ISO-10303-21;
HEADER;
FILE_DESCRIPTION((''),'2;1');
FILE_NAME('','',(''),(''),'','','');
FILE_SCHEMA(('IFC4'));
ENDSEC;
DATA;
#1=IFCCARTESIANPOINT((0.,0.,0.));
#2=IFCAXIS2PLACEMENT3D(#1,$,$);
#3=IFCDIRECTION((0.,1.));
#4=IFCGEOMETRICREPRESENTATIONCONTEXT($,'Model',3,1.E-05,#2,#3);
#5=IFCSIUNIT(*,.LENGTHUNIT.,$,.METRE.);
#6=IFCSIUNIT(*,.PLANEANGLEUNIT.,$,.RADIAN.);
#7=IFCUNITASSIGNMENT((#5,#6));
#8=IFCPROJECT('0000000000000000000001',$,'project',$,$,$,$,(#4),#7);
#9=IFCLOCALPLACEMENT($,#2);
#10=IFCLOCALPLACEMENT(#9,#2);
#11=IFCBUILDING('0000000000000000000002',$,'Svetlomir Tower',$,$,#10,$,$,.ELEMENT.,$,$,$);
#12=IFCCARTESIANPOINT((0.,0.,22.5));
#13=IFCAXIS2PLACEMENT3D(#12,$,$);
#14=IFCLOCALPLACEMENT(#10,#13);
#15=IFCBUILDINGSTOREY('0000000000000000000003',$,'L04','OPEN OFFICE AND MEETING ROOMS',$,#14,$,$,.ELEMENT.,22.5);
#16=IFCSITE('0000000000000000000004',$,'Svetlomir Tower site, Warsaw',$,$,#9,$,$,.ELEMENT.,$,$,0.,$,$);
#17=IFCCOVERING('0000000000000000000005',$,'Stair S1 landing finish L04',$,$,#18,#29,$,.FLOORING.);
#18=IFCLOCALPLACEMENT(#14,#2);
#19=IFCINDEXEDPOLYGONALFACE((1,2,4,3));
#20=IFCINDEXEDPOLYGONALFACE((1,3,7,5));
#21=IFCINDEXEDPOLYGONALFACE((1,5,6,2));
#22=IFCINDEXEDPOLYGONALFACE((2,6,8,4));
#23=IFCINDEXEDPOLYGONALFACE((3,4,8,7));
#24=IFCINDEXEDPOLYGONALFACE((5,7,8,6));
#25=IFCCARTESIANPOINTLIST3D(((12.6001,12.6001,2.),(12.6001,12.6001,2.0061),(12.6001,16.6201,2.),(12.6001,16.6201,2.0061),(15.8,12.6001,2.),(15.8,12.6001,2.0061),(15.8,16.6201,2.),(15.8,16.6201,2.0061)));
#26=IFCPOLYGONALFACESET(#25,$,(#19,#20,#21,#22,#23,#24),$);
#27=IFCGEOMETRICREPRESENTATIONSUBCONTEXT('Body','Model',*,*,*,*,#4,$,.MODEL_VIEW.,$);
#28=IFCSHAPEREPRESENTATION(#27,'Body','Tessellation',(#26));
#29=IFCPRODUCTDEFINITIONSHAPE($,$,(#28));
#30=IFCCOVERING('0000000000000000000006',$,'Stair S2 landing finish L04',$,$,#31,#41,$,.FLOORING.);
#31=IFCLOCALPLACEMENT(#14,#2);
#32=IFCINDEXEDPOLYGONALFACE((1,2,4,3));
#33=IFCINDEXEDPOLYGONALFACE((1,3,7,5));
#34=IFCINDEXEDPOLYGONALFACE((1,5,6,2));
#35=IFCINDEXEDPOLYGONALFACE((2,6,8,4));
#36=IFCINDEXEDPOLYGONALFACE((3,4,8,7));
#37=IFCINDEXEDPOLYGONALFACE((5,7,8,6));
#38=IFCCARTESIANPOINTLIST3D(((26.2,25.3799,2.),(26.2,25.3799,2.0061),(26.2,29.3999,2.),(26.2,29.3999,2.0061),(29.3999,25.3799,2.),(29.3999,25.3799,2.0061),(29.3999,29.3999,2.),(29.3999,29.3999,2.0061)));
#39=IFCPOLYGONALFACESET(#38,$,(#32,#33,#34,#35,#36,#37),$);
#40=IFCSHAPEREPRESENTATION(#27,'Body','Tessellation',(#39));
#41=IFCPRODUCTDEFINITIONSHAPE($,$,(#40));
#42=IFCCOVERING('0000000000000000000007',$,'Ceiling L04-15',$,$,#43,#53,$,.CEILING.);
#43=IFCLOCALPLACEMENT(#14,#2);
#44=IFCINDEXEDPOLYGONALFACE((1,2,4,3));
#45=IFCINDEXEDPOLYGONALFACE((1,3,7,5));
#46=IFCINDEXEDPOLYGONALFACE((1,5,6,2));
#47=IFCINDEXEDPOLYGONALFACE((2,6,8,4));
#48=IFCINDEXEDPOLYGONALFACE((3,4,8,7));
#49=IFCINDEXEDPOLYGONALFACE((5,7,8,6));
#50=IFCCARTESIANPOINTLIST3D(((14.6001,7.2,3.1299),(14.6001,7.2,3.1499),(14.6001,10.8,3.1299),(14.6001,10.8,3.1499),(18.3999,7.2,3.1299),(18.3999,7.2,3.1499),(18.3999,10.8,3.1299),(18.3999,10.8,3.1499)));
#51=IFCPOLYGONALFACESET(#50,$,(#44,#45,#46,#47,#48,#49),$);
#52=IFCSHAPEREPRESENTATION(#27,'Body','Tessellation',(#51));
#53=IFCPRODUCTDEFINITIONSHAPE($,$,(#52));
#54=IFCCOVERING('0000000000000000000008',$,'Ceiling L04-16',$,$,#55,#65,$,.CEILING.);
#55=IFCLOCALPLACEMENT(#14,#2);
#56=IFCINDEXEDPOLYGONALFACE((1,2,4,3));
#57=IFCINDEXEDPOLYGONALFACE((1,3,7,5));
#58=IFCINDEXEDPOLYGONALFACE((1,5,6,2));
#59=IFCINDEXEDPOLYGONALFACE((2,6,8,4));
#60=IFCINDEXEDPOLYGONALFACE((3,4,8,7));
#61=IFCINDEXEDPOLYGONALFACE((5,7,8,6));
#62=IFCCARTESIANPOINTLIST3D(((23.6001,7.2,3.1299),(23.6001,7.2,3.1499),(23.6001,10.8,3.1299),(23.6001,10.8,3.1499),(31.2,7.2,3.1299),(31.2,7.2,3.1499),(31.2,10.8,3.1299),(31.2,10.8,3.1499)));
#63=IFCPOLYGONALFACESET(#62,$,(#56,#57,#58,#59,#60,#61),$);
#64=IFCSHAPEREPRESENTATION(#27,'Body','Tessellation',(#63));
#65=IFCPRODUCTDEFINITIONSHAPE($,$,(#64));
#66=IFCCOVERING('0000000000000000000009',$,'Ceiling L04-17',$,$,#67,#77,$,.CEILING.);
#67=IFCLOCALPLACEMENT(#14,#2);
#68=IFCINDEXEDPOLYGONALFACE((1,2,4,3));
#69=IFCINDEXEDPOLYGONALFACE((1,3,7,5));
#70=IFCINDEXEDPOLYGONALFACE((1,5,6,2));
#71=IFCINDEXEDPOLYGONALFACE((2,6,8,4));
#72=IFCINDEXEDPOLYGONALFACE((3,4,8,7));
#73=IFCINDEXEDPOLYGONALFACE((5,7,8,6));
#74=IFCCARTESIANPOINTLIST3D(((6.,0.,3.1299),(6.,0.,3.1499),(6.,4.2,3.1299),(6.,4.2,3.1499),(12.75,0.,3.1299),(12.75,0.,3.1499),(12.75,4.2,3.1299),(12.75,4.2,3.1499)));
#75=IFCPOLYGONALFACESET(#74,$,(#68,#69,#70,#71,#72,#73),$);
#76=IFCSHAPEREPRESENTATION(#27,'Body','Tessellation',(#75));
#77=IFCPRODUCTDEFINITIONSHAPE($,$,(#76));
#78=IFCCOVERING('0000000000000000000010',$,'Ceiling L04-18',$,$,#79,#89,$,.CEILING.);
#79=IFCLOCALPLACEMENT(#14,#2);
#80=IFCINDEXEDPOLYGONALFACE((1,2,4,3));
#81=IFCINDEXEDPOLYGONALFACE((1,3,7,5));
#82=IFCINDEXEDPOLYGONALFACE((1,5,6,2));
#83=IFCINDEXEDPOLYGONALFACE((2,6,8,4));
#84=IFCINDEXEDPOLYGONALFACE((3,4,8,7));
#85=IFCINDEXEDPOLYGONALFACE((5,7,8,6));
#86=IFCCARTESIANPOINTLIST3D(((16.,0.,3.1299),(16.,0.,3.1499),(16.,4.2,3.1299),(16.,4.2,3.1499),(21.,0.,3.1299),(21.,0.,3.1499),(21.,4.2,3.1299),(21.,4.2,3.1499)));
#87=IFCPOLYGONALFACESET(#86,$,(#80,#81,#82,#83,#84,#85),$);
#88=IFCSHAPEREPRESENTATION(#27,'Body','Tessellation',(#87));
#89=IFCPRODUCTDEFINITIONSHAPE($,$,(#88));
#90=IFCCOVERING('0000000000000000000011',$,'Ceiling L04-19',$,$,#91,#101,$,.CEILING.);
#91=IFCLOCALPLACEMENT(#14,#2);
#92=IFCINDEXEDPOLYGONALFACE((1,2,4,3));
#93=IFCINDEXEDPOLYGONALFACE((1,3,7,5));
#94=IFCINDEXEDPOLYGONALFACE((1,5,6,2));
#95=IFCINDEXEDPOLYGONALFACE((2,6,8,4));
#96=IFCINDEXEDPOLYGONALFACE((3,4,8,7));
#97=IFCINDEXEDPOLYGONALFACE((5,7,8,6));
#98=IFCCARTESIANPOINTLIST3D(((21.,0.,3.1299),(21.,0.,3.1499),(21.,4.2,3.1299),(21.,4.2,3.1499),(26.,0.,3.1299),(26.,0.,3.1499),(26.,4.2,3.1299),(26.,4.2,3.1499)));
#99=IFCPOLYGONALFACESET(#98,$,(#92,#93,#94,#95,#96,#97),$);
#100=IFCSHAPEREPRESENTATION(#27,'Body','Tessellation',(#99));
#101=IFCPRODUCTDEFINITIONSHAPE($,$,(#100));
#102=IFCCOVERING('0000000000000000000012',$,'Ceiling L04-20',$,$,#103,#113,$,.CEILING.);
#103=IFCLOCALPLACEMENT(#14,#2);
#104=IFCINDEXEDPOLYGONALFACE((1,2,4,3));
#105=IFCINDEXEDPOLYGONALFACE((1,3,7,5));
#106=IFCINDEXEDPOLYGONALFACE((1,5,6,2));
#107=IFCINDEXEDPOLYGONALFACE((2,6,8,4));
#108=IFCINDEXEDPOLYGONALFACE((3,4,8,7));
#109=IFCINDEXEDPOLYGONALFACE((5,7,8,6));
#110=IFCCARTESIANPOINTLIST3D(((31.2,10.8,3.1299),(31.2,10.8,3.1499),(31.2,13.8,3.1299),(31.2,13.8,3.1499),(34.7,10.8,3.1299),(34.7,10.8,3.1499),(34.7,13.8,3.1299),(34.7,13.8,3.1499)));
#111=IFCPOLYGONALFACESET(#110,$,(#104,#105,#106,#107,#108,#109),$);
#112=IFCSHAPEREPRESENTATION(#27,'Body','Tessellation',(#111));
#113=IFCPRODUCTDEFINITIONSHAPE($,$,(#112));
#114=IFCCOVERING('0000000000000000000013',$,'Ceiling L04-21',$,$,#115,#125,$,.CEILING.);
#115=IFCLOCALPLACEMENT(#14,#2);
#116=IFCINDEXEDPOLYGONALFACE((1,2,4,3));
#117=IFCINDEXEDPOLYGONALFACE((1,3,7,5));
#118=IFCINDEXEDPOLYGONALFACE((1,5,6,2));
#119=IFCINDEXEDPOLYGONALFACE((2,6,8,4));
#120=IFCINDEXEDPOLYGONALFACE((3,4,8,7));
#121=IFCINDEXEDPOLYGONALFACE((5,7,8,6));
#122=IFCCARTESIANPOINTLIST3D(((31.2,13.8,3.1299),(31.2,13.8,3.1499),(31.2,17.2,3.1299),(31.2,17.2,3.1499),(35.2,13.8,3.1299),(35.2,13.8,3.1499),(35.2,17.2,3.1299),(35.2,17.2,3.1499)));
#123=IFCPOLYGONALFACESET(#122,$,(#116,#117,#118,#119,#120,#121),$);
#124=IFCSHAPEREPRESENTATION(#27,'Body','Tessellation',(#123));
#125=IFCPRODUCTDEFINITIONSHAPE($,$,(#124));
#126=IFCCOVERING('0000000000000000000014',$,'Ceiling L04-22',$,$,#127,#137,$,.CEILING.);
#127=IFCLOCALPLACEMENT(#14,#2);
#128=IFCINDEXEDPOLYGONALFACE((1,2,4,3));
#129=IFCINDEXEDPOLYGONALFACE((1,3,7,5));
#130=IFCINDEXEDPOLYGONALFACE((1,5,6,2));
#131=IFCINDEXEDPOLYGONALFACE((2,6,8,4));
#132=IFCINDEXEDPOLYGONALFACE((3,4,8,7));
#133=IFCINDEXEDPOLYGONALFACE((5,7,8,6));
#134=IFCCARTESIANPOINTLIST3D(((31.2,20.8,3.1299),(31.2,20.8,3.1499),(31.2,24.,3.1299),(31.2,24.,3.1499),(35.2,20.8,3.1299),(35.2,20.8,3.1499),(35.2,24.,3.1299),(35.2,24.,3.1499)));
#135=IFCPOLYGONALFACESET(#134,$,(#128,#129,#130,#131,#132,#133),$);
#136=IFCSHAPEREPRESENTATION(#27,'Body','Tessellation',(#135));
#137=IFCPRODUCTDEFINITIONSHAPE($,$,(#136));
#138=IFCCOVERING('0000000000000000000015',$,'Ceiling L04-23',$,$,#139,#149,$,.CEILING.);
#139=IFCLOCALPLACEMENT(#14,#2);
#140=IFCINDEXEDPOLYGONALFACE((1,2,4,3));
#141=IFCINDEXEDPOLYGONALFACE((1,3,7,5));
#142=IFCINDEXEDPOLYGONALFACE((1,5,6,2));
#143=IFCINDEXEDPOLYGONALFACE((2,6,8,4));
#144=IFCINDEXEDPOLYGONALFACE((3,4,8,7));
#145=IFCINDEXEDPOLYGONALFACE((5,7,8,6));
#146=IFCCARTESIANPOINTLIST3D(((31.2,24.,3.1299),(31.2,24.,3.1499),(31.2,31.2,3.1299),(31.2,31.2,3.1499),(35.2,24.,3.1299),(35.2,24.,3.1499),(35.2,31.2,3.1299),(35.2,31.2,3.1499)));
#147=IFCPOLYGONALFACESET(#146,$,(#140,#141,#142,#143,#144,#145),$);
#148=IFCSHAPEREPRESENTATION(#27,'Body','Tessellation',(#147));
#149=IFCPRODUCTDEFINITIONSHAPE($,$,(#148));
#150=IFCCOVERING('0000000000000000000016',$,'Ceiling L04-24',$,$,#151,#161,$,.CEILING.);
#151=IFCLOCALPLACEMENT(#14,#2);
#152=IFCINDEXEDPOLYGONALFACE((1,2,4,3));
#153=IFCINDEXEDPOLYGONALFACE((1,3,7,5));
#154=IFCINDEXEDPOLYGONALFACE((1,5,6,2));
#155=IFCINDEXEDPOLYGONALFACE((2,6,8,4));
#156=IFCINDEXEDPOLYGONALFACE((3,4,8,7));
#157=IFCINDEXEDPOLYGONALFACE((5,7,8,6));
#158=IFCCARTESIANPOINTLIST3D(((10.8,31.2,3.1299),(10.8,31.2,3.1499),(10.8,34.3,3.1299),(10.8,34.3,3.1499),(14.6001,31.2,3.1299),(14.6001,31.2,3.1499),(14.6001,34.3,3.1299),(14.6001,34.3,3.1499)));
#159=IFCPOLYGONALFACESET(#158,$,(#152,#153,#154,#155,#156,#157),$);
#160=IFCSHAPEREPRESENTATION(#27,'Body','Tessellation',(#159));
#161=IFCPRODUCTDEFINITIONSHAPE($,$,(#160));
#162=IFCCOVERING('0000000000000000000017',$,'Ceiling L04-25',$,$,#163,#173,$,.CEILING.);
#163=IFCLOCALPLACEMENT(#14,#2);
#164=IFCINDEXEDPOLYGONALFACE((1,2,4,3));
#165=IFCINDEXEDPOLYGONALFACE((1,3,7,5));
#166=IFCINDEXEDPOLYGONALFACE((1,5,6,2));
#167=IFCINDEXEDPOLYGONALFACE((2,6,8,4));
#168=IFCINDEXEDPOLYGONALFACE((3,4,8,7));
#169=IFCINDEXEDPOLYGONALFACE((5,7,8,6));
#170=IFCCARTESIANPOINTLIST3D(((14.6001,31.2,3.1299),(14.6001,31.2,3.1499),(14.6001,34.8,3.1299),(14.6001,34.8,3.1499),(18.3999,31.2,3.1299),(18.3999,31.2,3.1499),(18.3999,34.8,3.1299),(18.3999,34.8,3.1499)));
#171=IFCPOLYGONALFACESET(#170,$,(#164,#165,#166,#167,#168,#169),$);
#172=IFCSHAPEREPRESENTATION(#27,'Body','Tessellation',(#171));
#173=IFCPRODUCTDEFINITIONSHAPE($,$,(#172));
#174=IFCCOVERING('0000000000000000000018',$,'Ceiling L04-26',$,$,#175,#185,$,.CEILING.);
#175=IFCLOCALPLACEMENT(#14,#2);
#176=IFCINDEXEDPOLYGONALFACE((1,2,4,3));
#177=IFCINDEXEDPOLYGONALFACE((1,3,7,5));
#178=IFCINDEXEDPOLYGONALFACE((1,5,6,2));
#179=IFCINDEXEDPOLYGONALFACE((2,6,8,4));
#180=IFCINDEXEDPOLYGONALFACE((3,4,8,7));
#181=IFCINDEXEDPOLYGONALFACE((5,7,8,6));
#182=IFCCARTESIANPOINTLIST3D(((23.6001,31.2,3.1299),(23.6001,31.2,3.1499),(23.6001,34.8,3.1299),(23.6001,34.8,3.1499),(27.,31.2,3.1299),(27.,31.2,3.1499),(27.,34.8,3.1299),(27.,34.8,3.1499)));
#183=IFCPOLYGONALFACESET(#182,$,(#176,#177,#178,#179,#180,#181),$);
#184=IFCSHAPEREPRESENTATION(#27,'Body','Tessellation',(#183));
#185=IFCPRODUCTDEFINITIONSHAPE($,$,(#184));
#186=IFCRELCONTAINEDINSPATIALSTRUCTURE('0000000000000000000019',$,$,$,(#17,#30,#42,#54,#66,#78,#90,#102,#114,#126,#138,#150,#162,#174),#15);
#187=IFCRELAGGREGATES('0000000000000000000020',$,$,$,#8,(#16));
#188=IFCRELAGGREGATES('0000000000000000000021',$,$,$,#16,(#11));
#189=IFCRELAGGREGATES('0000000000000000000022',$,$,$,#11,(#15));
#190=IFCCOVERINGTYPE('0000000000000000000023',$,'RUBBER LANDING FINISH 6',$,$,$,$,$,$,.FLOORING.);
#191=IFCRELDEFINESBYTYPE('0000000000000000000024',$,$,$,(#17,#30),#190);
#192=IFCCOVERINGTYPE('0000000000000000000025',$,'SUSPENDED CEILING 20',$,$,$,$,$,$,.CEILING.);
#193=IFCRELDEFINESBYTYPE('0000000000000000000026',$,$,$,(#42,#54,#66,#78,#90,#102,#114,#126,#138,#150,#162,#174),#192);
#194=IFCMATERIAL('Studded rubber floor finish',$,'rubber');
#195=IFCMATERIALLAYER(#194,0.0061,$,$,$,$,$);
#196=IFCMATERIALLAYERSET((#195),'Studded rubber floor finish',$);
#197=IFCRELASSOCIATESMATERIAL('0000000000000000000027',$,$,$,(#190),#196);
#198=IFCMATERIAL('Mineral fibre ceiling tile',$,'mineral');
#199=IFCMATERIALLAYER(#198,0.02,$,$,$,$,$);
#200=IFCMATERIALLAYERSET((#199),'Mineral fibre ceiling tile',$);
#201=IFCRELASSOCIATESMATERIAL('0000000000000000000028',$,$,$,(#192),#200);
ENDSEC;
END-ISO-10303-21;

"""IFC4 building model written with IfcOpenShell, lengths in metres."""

from ifc_helpers import new_model, si_unit, direction, frame, origin, place, context, subcontext, project, spatial, polyline, outline, extrude, material, layer, layer_set, type_object, element, save


model = new_model("IFC4")

# Units and contexts
model_context = context("Model", 3, precision=1e-05, world=origin(), true_north=direction((0.0, 1.0)))
body_context = subcontext(model_context, "Body", "Model", "MODEL_VIEW")
ifc_project = project(units=[si_unit("LENGTHUNIT", "METRE"), si_unit("PLANEANGLEUNIT", "RADIAN")], contexts=[model_context])

# Site, building, storey
site_placement = place(None, origin())
site = spatial("IfcSite", under=ifc_project, at=site_placement, Name="Svetlomir Tower site, Warsaw", CompositionType="ELEMENT", RefElevation=0.0)
building_placement = place(site_placement, origin())
building = spatial("IfcBuilding", under=site, at=building_placement, Name="Svetlomir Tower", CompositionType="ELEMENT")
storey_placement = place(building_placement, frame((0.0, 0.0, 22.5)))
storey = spatial("IfcBuildingStorey", under=building, at=storey_placement, Name="L04", Description="OPEN OFFICE AND MEETING ROOMS", CompositionType="ELEMENT", Elevation=22.5)

# Coverings
ifc_material_1 = material(Name="Studded rubber floor finish", Category="rubber")
ifc_layer_1 = layer(ifc_material_1, 0.0061)
ifc_layer_set_1 = layer_set([ifc_layer_1], Name="Studded rubber floor finish")
covering_type_1 = type_object("IfcCoveringType", Name="RUBBER LANDING FINISH 6", PredefinedType="FLOORING", material=ifc_layer_set_1)
covering_1_placement = place(storey_placement, frame((0.0, 0.0, 2.0)))
element("IfcCovering", 1, at=covering_1_placement, inside=storey, type_object=covering_type_1, Name="Stair S1 landing finish L04", PredefinedType="FLOORING", context=body_context, shape_type="SweptSolid", body=[
    extrude(outline(polyline([(12.6001, 12.6001), (15.8, 12.6001), (15.8, 16.6201), (12.6001, 16.6201), (12.6001, 12.6001)])), origin(), (0.0, 0.0, 1.0), 0.0061),
])
covering_2_placement = place(storey_placement, frame((0.0, 0.0, 2.0)))
element("IfcCovering", 2, at=covering_2_placement, inside=storey, type_object=covering_type_1, Name="Stair S2 landing finish L04", PredefinedType="FLOORING", context=body_context, shape_type="SweptSolid", body=[
    extrude(outline(polyline([(26.2, 25.3799), (29.3999, 25.3799), (29.3999, 29.3999), (26.2, 29.3999), (26.2, 25.3799)])), origin(), (0.0, 0.0, 1.0), 0.0061),
])
ifc_material_2 = material(Name="Mineral fibre ceiling tile", Category="mineral")
ifc_layer_2 = layer(ifc_material_2, 0.02)
ifc_layer_set_2 = layer_set([ifc_layer_2], Name="Mineral fibre ceiling tile")
covering_type_2 = type_object("IfcCoveringType", Name="SUSPENDED CEILING 20", PredefinedType="CEILING", material=ifc_layer_set_2)
covering_3_placement = place(storey_placement, frame((0.0, 0.0, 3.1299)))
element("IfcCovering", 3, at=covering_3_placement, inside=storey, type_object=covering_type_2, Name="Ceiling L04-15", PredefinedType="CEILING", context=body_context, shape_type="SweptSolid", body=[
    extrude(outline(polyline([(14.6001, 7.2), (18.3999, 7.2), (18.3999, 10.8), (14.6001, 10.8), (14.6001, 7.2)])), origin(), (0.0, 0.0, 1.0), 0.02),
])
covering_4_placement = place(storey_placement, frame((0.0, 0.0, 3.1299)))
element("IfcCovering", 4, at=covering_4_placement, inside=storey, type_object=covering_type_2, Name="Ceiling L04-16", PredefinedType="CEILING", context=body_context, shape_type="SweptSolid", body=[
    extrude(outline(polyline([(23.6001, 7.2), (31.2, 7.2), (31.2, 10.8), (23.6001, 10.8), (23.6001, 7.2)])), origin(), (0.0, 0.0, 1.0), 0.02),
])
covering_5_placement = place(storey_placement, frame((0.0, 0.0, 3.1299)))
element("IfcCovering", 5, at=covering_5_placement, inside=storey, type_object=covering_type_2, Name="Ceiling L04-17", PredefinedType="CEILING", context=body_context, shape_type="SweptSolid", body=[
    extrude(outline(polyline([(6.0, 0.0), (12.75, 0.0), (12.75, 4.2), (6.0, 4.2), (6.0, 0.0)])), origin(), (0.0, 0.0, 1.0), 0.02),
])
covering_6_placement = place(storey_placement, frame((0.0, 0.0, 3.1299)))
element("IfcCovering", 6, at=covering_6_placement, inside=storey, type_object=covering_type_2, Name="Ceiling L04-18", PredefinedType="CEILING", context=body_context, shape_type="SweptSolid", body=[
    extrude(outline(polyline([(16.0, 0.0), (21.0, 0.0), (21.0, 4.2), (16.0, 4.2), (16.0, 0.0)])), origin(), (0.0, 0.0, 1.0), 0.02),
])
covering_7_placement = place(storey_placement, frame((0.0, 0.0, 3.1299)))
element("IfcCovering", 7, at=covering_7_placement, inside=storey, type_object=covering_type_2, Name="Ceiling L04-19", PredefinedType="CEILING", context=body_context, shape_type="SweptSolid", body=[
    extrude(outline(polyline([(21.0, 0.0), (26.0, 0.0), (26.0, 4.2), (21.0, 4.2), (21.0, 0.0)])), origin(), (0.0, 0.0, 1.0), 0.02),
])
covering_8_placement = place(storey_placement, frame((0.0, 0.0, 3.1299)))
element("IfcCovering", 8, at=covering_8_placement, inside=storey, type_object=covering_type_2, Name="Ceiling L04-20", PredefinedType="CEILING", context=body_context, shape_type="SweptSolid", body=[
    extrude(outline(polyline([(31.2, 10.8), (34.7, 10.8), (34.7, 13.8), (31.2, 13.8), (31.2, 10.8)])), origin(), (0.0, 0.0, 1.0), 0.02),
])
covering_9_placement = place(storey_placement, frame((0.0, 0.0, 3.1299)))
element("IfcCovering", 9, at=covering_9_placement, inside=storey, type_object=covering_type_2, Name="Ceiling L04-21", PredefinedType="CEILING", context=body_context, shape_type="SweptSolid", body=[
    extrude(outline(polyline([(31.2, 13.8), (35.2, 13.8), (35.2, 17.2), (31.2, 17.2), (31.2, 13.8)])), origin(), (0.0, 0.0, 1.0), 0.02),
])
covering_10_placement = place(storey_placement, frame((0.0, 0.0, 3.1299)))
element("IfcCovering", 10, at=covering_10_placement, inside=storey, type_object=covering_type_2, Name="Ceiling L04-22", PredefinedType="CEILING", context=body_context, shape_type="SweptSolid", body=[
    extrude(outline(polyline([(31.2, 20.8), (35.2, 20.8), (35.2, 24.0), (31.2, 24.0), (31.2, 20.8)])), origin(), (0.0, 0.0, 1.0), 0.02),
])
covering_11_placement = place(storey_placement, frame((0.0, 0.0, 3.1299)))
element("IfcCovering", 11, at=covering_11_placement, inside=storey, type_object=covering_type_2, Name="Ceiling L04-23", PredefinedType="CEILING", context=body_context, shape_type="SweptSolid", body=[
    extrude(outline(polyline([(31.2, 24.0), (35.2, 24.0), (35.2, 31.2), (31.2, 31.2), (31.2, 24.0)])), origin(), (0.0, 0.0, 1.0), 0.02),
])
covering_12_placement = place(storey_placement, frame((0.0, 0.0, 3.1299)))
element("IfcCovering", 12, at=covering_12_placement, inside=storey, type_object=covering_type_2, Name="Ceiling L04-24", PredefinedType="CEILING", context=body_context, shape_type="SweptSolid", body=[
    extrude(outline(polyline([(10.8, 31.2), (14.6001, 31.2), (14.6001, 34.3), (10.8, 34.3), (10.8, 31.2)])), origin(), (0.0, 0.0, 1.0), 0.02),
])
covering_13_placement = place(storey_placement, frame((0.0, 0.0, 3.1299)))
element("IfcCovering", 13, at=covering_13_placement, inside=storey, type_object=covering_type_2, Name="Ceiling L04-25", PredefinedType="CEILING", context=body_context, shape_type="SweptSolid", body=[
    extrude(outline(polyline([(14.6001, 31.2), (18.3999, 31.2), (18.3999, 34.8), (14.6001, 34.8), (14.6001, 31.2)])), origin(), (0.0, 0.0, 1.0), 0.02),
])
covering_14_placement = place(storey_placement, frame((0.0, 0.0, 3.1299)))
element("IfcCovering", 14, at=covering_14_placement, inside=storey, type_object=covering_type_2, Name="Ceiling L04-26", PredefinedType="CEILING", context=body_context, shape_type="SweptSolid", body=[
    extrude(outline(polyline([(23.6001, 31.2), (27.0, 31.2), (27.0, 34.8), (23.6001, 34.8), (23.6001, 31.2)])), origin(), (0.0, 0.0, 1.0), 0.02),
])

save(model, "model.ifc")
